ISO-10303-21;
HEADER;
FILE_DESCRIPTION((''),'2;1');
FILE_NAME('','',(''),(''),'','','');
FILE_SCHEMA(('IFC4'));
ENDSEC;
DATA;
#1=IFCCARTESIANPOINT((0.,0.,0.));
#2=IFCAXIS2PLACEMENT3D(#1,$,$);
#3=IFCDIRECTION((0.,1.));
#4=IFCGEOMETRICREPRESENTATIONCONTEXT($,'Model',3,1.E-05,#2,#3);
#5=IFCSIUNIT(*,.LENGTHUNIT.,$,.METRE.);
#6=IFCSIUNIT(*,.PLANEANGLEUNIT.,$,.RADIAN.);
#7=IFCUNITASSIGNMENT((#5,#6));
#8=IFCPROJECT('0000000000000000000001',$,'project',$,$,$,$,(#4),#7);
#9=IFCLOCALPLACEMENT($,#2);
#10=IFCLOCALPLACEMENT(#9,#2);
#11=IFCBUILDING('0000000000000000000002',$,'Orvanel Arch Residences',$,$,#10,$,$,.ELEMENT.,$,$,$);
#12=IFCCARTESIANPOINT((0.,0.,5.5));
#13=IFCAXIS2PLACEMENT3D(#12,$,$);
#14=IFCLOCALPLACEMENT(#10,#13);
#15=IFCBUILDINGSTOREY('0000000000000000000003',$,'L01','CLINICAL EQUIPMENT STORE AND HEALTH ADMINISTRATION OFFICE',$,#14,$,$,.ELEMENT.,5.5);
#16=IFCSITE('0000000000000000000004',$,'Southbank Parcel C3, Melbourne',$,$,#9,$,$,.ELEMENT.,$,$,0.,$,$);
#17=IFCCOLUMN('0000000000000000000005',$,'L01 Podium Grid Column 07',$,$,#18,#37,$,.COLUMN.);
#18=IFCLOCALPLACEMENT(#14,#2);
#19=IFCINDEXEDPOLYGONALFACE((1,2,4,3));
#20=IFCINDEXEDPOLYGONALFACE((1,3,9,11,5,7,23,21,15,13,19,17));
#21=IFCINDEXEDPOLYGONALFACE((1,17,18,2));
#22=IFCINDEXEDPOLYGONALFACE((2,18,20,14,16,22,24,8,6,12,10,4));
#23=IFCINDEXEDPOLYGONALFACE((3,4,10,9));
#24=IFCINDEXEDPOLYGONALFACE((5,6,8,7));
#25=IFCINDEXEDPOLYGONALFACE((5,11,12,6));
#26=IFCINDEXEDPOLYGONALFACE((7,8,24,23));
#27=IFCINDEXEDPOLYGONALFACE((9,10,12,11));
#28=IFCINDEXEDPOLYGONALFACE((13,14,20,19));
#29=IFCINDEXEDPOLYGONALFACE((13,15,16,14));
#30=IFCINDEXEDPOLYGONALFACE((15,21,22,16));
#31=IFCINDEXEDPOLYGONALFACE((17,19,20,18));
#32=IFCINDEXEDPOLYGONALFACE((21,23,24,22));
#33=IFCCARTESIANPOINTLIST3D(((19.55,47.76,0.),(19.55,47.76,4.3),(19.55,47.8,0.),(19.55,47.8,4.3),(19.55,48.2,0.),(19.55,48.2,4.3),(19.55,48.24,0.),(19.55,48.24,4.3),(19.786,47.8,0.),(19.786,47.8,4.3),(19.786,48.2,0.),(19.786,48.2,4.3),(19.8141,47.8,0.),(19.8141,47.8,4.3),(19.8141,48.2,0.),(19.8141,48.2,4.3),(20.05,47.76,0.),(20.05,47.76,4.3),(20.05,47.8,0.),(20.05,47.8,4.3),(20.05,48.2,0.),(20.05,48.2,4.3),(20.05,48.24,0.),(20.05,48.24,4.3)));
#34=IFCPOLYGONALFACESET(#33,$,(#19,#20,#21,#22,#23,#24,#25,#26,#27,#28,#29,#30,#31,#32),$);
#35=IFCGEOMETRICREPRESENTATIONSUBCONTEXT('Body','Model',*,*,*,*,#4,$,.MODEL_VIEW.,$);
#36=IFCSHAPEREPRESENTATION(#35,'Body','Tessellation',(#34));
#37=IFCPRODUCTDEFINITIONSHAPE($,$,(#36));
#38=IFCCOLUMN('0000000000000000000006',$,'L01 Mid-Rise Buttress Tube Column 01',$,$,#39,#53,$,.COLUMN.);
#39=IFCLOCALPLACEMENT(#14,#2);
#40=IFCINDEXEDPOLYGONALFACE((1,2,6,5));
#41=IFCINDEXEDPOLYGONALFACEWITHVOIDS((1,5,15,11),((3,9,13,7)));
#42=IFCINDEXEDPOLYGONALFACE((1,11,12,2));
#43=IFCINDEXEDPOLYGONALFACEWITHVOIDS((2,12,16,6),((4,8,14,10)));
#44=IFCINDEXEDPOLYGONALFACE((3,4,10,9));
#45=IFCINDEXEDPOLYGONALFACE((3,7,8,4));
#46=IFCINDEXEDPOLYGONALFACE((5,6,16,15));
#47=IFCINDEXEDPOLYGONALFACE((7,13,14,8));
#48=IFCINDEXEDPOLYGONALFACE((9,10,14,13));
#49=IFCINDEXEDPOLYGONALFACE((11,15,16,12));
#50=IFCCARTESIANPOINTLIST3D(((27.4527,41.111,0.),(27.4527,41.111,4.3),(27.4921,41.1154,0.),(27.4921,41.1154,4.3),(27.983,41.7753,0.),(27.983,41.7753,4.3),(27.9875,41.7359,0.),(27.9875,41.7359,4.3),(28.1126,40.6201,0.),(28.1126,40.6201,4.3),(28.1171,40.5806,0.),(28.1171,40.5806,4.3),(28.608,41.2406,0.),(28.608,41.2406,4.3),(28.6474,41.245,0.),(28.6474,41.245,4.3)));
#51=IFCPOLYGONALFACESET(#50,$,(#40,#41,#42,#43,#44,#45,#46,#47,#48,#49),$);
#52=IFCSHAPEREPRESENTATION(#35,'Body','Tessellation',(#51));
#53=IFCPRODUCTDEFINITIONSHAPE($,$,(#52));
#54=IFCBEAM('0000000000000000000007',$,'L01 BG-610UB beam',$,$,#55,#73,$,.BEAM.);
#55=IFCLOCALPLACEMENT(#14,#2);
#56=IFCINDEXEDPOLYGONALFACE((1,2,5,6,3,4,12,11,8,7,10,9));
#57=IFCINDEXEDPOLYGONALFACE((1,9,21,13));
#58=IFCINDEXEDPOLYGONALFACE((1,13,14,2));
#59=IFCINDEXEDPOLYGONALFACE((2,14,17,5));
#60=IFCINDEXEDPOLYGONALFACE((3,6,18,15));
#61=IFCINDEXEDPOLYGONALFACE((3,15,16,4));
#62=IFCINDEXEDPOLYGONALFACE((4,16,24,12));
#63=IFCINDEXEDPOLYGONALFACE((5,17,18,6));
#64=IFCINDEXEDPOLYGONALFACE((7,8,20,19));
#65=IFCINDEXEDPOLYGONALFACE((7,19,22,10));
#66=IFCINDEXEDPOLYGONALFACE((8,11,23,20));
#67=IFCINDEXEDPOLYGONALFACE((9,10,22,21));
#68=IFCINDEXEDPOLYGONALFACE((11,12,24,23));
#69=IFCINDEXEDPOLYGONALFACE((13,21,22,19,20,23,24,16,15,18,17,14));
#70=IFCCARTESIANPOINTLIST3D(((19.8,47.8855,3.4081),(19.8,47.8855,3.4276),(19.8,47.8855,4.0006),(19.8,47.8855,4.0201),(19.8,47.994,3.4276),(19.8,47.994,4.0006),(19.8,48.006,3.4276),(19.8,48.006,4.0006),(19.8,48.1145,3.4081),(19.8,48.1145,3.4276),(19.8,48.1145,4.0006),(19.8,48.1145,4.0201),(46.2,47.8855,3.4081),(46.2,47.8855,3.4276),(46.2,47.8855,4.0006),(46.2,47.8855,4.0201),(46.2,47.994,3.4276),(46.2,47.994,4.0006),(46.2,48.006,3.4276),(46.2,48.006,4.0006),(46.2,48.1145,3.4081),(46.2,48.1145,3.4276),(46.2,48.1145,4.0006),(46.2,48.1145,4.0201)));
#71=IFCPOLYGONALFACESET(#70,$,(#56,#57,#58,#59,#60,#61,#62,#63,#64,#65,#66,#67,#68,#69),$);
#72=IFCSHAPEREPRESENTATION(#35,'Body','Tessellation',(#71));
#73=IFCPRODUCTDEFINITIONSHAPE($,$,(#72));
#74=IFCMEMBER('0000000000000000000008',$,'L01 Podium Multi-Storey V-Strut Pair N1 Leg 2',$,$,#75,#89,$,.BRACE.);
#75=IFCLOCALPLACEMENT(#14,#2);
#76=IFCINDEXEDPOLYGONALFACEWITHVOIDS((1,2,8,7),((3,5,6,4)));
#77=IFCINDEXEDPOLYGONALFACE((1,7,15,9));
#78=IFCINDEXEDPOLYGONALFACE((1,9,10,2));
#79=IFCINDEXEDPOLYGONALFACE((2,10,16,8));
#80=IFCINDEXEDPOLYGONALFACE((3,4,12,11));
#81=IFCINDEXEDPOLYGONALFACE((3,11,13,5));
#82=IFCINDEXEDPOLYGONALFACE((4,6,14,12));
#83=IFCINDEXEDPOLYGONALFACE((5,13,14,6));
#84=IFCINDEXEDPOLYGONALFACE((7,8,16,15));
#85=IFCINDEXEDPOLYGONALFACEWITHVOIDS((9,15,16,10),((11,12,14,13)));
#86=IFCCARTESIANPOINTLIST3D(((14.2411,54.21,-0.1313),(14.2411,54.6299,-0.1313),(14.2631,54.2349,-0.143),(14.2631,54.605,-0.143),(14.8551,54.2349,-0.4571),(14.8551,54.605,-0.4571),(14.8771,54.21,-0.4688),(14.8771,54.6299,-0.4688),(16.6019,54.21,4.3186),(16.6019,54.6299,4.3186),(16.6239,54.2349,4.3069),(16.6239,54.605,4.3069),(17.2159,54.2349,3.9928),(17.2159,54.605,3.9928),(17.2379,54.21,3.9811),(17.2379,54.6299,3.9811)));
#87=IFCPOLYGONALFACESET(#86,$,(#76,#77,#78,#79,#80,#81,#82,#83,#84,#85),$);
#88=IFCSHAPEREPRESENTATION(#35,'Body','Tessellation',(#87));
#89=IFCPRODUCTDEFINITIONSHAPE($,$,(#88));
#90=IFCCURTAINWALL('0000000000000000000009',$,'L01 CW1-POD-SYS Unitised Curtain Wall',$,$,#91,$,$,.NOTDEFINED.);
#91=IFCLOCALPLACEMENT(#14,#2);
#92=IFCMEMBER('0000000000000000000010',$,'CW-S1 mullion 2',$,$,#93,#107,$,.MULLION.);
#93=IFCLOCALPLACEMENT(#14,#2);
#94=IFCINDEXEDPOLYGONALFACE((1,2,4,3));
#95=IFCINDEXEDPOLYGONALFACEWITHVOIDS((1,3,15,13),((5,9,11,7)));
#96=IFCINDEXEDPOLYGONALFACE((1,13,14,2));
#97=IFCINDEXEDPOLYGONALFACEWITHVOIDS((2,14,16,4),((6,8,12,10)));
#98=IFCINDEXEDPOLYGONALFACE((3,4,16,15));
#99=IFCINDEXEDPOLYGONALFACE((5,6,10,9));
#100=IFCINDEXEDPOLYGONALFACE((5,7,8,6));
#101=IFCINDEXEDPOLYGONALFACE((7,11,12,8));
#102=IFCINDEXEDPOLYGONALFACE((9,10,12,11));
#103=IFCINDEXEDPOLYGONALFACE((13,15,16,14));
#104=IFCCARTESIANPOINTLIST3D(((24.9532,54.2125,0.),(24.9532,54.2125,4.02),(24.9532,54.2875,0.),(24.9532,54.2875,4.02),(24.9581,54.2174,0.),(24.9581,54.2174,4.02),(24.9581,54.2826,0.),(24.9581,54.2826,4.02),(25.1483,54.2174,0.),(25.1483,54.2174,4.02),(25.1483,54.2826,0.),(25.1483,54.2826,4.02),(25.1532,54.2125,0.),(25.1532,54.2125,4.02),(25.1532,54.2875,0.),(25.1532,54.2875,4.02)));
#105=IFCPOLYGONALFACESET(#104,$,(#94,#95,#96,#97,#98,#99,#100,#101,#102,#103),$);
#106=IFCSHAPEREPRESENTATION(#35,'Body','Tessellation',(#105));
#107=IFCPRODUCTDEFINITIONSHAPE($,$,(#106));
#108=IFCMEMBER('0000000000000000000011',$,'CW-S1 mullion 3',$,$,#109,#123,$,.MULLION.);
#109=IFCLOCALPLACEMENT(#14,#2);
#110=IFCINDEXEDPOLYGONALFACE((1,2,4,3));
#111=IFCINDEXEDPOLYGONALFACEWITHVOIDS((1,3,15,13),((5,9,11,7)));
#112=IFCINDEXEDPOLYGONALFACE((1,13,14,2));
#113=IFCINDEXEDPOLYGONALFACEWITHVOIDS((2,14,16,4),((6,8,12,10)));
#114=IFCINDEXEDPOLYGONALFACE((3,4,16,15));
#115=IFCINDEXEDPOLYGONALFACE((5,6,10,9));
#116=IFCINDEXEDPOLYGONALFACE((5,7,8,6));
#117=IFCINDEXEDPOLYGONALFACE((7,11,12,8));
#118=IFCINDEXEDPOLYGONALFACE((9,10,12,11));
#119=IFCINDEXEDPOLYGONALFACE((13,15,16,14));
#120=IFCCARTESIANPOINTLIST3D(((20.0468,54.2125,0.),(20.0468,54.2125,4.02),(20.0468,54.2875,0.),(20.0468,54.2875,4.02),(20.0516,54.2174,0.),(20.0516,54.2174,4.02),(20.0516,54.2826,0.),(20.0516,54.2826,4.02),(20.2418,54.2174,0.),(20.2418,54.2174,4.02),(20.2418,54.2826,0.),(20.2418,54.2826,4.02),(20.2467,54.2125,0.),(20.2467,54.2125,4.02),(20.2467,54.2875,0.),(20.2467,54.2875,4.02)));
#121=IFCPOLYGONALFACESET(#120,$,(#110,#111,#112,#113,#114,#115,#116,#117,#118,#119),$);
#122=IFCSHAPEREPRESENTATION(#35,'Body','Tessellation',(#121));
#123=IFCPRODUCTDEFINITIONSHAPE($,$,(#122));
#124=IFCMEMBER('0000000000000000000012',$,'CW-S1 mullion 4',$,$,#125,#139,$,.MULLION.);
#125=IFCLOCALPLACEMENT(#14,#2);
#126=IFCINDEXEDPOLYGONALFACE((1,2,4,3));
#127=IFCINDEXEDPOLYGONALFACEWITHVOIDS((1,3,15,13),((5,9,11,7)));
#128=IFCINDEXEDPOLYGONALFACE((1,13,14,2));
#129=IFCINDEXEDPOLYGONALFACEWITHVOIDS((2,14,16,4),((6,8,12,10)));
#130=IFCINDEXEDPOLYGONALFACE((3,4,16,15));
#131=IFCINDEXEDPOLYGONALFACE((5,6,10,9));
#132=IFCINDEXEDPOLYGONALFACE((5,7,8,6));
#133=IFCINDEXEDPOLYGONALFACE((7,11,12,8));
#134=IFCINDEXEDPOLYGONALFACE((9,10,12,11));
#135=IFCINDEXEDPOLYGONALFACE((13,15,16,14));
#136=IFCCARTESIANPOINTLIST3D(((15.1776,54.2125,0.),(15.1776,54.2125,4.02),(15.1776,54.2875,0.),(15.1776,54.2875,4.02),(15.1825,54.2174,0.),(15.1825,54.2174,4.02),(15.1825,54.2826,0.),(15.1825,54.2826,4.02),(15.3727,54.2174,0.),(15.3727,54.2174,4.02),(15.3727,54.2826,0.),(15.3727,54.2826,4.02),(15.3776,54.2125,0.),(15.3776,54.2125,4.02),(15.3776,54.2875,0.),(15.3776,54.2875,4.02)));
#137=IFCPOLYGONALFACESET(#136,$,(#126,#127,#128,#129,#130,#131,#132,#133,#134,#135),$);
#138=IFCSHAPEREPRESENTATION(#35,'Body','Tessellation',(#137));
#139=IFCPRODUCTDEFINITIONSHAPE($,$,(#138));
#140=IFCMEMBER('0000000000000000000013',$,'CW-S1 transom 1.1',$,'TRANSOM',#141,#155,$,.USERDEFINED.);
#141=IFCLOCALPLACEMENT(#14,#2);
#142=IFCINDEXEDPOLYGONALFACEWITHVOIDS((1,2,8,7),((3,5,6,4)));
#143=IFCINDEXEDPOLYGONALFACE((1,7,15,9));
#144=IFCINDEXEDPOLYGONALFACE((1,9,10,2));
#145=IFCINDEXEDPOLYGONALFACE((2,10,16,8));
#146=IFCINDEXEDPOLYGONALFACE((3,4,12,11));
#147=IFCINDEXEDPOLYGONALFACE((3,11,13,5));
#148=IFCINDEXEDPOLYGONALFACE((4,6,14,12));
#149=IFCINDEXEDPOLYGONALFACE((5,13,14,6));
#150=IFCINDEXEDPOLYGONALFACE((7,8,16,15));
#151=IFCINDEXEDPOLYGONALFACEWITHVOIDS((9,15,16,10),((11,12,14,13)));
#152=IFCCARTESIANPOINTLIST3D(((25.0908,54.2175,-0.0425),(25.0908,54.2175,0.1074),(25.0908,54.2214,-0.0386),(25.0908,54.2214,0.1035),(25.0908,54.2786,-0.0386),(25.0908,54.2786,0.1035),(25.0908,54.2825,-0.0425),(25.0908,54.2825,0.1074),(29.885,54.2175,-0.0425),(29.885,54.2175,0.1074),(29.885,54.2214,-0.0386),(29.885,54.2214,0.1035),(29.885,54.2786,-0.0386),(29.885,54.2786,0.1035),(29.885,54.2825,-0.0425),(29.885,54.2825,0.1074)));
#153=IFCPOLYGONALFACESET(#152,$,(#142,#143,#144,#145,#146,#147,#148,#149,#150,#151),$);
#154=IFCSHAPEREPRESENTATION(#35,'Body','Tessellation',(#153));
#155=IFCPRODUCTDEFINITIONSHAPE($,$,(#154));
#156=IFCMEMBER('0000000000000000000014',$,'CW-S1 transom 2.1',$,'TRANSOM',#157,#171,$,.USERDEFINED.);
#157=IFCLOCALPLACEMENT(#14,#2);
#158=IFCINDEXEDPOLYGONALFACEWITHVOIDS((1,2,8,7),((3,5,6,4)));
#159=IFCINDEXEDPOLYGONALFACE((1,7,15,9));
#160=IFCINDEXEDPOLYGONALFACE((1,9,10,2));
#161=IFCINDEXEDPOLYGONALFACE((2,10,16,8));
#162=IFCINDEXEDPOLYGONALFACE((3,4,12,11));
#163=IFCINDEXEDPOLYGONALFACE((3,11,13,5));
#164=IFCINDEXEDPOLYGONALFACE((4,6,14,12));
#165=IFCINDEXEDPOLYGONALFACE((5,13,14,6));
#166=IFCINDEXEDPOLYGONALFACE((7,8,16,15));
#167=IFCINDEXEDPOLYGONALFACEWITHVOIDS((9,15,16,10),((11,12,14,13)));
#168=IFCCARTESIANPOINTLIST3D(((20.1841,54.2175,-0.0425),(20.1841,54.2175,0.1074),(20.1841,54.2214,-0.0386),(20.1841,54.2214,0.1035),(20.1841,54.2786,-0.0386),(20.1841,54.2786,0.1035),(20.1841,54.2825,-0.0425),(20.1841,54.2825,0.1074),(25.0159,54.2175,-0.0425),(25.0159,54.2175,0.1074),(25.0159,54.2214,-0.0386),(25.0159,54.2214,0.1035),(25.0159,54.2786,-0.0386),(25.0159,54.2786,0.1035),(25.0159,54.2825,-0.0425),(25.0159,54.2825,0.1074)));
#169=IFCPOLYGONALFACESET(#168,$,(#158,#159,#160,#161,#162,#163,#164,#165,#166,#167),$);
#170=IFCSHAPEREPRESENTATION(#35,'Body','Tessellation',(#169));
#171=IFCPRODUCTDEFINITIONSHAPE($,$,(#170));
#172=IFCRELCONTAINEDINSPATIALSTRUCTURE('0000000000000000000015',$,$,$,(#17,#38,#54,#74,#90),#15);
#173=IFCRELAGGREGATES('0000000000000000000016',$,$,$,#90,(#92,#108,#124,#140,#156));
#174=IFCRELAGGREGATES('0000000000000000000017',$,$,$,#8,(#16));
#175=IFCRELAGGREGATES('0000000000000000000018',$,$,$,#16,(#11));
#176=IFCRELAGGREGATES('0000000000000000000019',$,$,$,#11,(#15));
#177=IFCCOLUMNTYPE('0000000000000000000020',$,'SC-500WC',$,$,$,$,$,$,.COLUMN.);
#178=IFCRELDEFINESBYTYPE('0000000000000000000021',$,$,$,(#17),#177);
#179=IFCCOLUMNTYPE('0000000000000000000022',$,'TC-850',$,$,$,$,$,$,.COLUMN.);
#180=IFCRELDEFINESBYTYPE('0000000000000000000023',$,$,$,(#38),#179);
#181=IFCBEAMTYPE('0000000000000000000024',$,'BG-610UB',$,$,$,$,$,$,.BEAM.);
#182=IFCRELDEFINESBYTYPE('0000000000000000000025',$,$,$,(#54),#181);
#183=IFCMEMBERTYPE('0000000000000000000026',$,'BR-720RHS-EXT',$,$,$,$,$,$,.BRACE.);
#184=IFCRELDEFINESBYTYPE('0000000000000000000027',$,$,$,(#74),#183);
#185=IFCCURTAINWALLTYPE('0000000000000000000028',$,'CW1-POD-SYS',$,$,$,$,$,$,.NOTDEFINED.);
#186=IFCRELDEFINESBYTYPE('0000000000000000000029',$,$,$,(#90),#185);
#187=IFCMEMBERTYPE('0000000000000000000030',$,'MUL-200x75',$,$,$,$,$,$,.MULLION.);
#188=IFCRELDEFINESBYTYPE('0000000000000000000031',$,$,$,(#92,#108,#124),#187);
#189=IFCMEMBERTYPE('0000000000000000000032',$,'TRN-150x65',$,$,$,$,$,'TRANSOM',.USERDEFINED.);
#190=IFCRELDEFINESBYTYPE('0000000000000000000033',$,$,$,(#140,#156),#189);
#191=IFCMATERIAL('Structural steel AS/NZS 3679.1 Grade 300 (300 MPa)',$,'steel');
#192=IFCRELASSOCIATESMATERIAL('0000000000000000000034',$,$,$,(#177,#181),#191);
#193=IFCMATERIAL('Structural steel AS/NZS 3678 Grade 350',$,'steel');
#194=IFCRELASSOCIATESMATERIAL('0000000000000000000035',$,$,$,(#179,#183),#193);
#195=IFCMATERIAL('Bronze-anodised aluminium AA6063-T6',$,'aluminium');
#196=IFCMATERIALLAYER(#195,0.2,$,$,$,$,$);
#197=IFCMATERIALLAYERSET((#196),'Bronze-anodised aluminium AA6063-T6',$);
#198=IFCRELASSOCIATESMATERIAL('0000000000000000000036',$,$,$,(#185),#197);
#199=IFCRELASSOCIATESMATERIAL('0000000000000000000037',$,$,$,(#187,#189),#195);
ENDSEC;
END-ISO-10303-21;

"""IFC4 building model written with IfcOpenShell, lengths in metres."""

from ifc_helpers import new_model, si_unit, direction, frame, origin, origin_2d, place, context, subcontext, project, spatial, hollow_rectangle, i_section, extrude, material, layer, layer_set, material_profile, profile_set, type_object, element, aggregate, save


model = new_model("IFC4")

# Units and contexts
model_context = context("Model", 3, precision=1e-05, world=origin(), true_north=direction((0.0, 1.0)))
body_context = subcontext(model_context, "Body", "Model", "MODEL_VIEW")
ifc_project = project(units=[si_unit("LENGTHUNIT", "METRE"), si_unit("PLANEANGLEUNIT", "RADIAN")], contexts=[model_context])

# Site, building, storey
site_placement = place(None, origin())
site = spatial("IfcSite", under=ifc_project, at=site_placement, Name="Southbank Parcel C3, Melbourne", CompositionType="ELEMENT", RefElevation=0.0)
building_placement = place(site_placement, origin())
building = spatial("IfcBuilding", under=site, at=building_placement, Name="Orvanel Arch Residences", CompositionType="ELEMENT")
storey_placement = place(building_placement, frame((0.0, 0.0, 5.5)))
storey = spatial("IfcBuildingStorey", under=building, at=storey_placement, Name="L01", Description="CLINICAL EQUIPMENT STORE AND HEALTH ADMINISTRATION OFFICE", CompositionType="ELEMENT", Elevation=5.5)

# Columns
ifc_material_1 = material(Name="Structural steel AS/NZS 3679.1 Grade 300 (300 MPa)", Category="steel")
ifc_material_profile_1 = material_profile(ifc_material_1, i_section(OverallWidth=0.5, OverallDepth=0.48, WebThickness=0.0281, FlangeThickness=0.04, at=origin_2d()), Name="500WC440")
ifc_profile_set_1 = profile_set([ifc_material_profile_1], Name="Structural steel AS/NZS 3679.1 Grade 300 (300 MPa)")
column_type_1 = type_object("IfcColumnType", Name="SC-500WC", PredefinedType="COLUMN", material=ifc_profile_set_1)
column_1_placement = place(storey_placement, frame((19.8, 48.0, 0.0), z_axis=(0.0, 0.0, 1.0), x_axis=(1.0, 0.0, 0.0)))
element("IfcColumn", 1, at=column_1_placement, inside=storey, type_object=column_type_1, Name="L01 Podium Grid Column 07", PredefinedType="COLUMN", context=body_context, shape_type="SweptSolid", body=[
    extrude(i_section(OverallWidth=0.5, OverallDepth=0.48, WebThickness=0.0281, FlangeThickness=0.04, at=origin_2d()), origin(), (0.0, 0.0, 1.0), 4.3),
])
ifc_material_2 = material(Name="Structural steel AS/NZS 3678 Grade 350", Category="steel")
ifc_material_profile_2 = material_profile(ifc_material_2, hollow_rectangle(XDim=0.8501, YDim=0.8501, WallThickness=0.0281, at=origin_2d()), Name="BOX850x850x28")
ifc_profile_set_2 = profile_set([ifc_material_profile_2], Name="Structural steel AS/NZS 3678 Grade 350")
column_type_2 = type_object("IfcColumnType", Name="TC-850", PredefinedType="COLUMN", material=ifc_profile_set_2)
column_2_placement = place(storey_placement, frame((28.05, 41.178, 0.0), z_axis=(0.0, 0.0, 1.0), x_axis=(0.62388, 0.78152, 0.0)))
element("IfcColumn", 2, at=column_2_placement, inside=storey, type_object=column_type_2, Name="L01 Mid-Rise Buttress Tube Column 01", PredefinedType="COLUMN", context=body_context, shape_type="SweptSolid", body=[
    extrude(hollow_rectangle(XDim=0.8501, YDim=0.8501, WallThickness=0.0281, at=origin_2d()), origin(), (0.0, 0.0, 1.0), 4.3),
])

# Beam
ifc_material_profile_3 = material_profile(ifc_material_1, i_section(OverallWidth=0.229, OverallDepth=0.6121, WebThickness=0.012, FlangeThickness=0.0195, at=origin_2d()), Name="610UB125")
ifc_profile_set_3 = profile_set([ifc_material_profile_3], Name="Structural steel AS/NZS 3679.1 Grade 300 (300 MPa)")
beam_type = type_object("IfcBeamType", Name="BG-610UB", PredefinedType="BEAM", material=ifc_profile_set_3)
beam_placement = place(storey_placement, frame((19.8, 48.0, 3.7141), z_axis=(1.0, 0.0, 0.0), x_axis=(0.0, 1.0, 0.0)))
element("IfcBeam", 3, at=beam_placement, inside=storey, type_object=beam_type, Name="L01 BG-610UB beam", PredefinedType="BEAM", context=body_context, shape_type="SweptSolid", body=[
    extrude(i_section(OverallWidth=0.229, OverallDepth=0.6121, WebThickness=0.012, FlangeThickness=0.0195, at=origin_2d()), origin(), (0.0, 0.0, 1.0), 26.3999),
])

# Member
ifc_material_profile_4 = material_profile(ifc_material_2, hollow_rectangle(XDim=0.4199, YDim=0.72, WallThickness=0.0249, at=origin_2d()), Name="RHS720x420x25")
ifc_profile_set_4 = profile_set([ifc_material_profile_4], Name="Structural steel AS/NZS 3678 Grade 350")
member_type_1 = type_object("IfcMemberType", Name="BR-720RHS-EXT", PredefinedType="BRACE", material=ifc_profile_set_4)
member_1_placement = place(storey_placement, frame((14.5591, 54.4199, -0.3), z_axis=(0.46866, 0.0, 0.883379), x_axis=(0.0, 1.0, 0.0)))
element("IfcMember", 4, at=member_1_placement, inside=storey, type_object=member_type_1, Name="L01 Podium Multi-Storey V-Strut Pair N1 Leg 2", PredefinedType="BRACE", context=body_context, shape_type="SweptSolid", body=[
    extrude(hollow_rectangle(XDim=0.4199, YDim=0.72, WallThickness=0.0249, at=origin_2d()), origin(), (0.0, 0.0, 1.0), 5.0374),
])

# Curtain wall, members
ifc_material_3 = material(Name="Bronze-anodised aluminium AA6063-T6", Category="aluminium")
ifc_layer_1 = layer(ifc_material_3, 0.2)
ifc_layer_set_1 = layer_set([ifc_layer_1], Name="Bronze-anodised aluminium AA6063-T6")
curtain_wall_type = type_object("IfcCurtainWallType", Name="CW1-POD-SYS", PredefinedType="NOTDEFINED", material=ifc_layer_set_1)
curtain_wall_placement = place(storey_placement, origin())
curtain_wall = element("IfcCurtainWall", 5, at=curtain_wall_placement, inside=storey, type_object=curtain_wall_type, Name="L01 CW1-POD-SYS Unitised Curtain Wall", PredefinedType="NOTDEFINED")
ifc_material_profile_5 = material_profile(ifc_material_3, hollow_rectangle(XDim=0.075, YDim=0.2, WallThickness=0.0049, at=origin_2d()), Name="ALU200x75x5")
ifc_profile_set_5 = profile_set([ifc_material_profile_5], Name="Bronze-anodised aluminium AA6063-T6")
member_type_2 = type_object("IfcMemberType", Name="MUL-200x75", PredefinedType="MULLION", material=ifc_profile_set_5)
member_2_placement = place(storey_placement, frame((25.0532, 54.25, 0.0), z_axis=(0.0, 0.0, 1.0), x_axis=(0.0, -1.0, 0.0)))
member_2 = element("IfcMember", 6, at=member_2_placement, type_object=member_type_2, Name="CW-S1 mullion 2", PredefinedType="MULLION", context=body_context, shape_type="SweptSolid", body=[
    extrude(hollow_rectangle(XDim=0.075, YDim=0.2, WallThickness=0.0049, at=origin_2d()), origin(), (0.0, 0.0, 1.0), 4.02),
])
member_3_placement = place(storey_placement, frame((20.1467, 54.25, 0.0), z_axis=(0.0, 0.0, 1.0), x_axis=(0.0, -1.0, 0.0)))
member_3 = element("IfcMember", 7, at=member_3_placement, type_object=member_type_2, Name="CW-S1 mullion 3", PredefinedType="MULLION", context=body_context, shape_type="SweptSolid", body=[
    extrude(hollow_rectangle(XDim=0.075, YDim=0.2, WallThickness=0.0049, at=origin_2d()), origin(), (0.0, 0.0, 1.0), 4.02),
])
member_4_placement = place(storey_placement, frame((15.2776, 54.25, 0.0), z_axis=(0.0, 0.0, 1.0), x_axis=(0.0, -1.0, 0.0)))
member_4 = element("IfcMember", 8, at=member_4_placement, type_object=member_type_2, Name="CW-S1 mullion 4", PredefinedType="MULLION", context=body_context, shape_type="SweptSolid", body=[
    extrude(hollow_rectangle(XDim=0.075, YDim=0.2, WallThickness=0.0049, at=origin_2d()), origin(), (0.0, 0.0, 1.0), 4.02),
])
ifc_material_profile_6 = material_profile(ifc_material_3, hollow_rectangle(XDim=0.0649, YDim=0.1499, WallThickness=0.0039, at=origin_2d()), Name="ALU150x65x4")
ifc_profile_set_6 = profile_set([ifc_material_profile_6], Name="Bronze-anodised aluminium AA6063-T6")
member_type_3 = type_object("IfcMemberType", Name="TRN-150x65", ElementType="TRANSOM", PredefinedType="USERDEFINED", material=ifc_profile_set_6)
member_5_placement = place(storey_placement, frame((29.885, 54.25, 0.0325), z_axis=(-1.0, 0.0, 0.0), x_axis=(0.0, -1.0, 0.0)))
member_5 = element("IfcMember", 9, at=member_5_placement, type_object=member_type_3, Name="CW-S1 transom 1.1", ObjectType="TRANSOM", PredefinedType="USERDEFINED", context=body_context, shape_type="SweptSolid", body=[
    extrude(hollow_rectangle(XDim=0.0649, YDim=0.1499, WallThickness=0.0039, at=origin_2d()), origin(), (0.0, 0.0, 1.0), 4.7942),
])
member_6_placement = place(storey_placement, frame((25.0159, 54.25, 0.0325), z_axis=(-1.0, 0.0, 0.0), x_axis=(0.0, -1.0, 0.0)))
member_6 = element("IfcMember", 10, at=member_6_placement, type_object=member_type_3, Name="CW-S1 transom 2.1", ObjectType="TRANSOM", PredefinedType="USERDEFINED", context=body_context, shape_type="SweptSolid", body=[
    extrude(hollow_rectangle(XDim=0.0649, YDim=0.1499, WallThickness=0.0039, at=origin_2d()), origin(), (0.0, 0.0, 1.0), 4.8318),
])
aggregate(curtain_wall, [member_2, member_3, member_4, member_5, member_6])

save(model, "model.ifc")
